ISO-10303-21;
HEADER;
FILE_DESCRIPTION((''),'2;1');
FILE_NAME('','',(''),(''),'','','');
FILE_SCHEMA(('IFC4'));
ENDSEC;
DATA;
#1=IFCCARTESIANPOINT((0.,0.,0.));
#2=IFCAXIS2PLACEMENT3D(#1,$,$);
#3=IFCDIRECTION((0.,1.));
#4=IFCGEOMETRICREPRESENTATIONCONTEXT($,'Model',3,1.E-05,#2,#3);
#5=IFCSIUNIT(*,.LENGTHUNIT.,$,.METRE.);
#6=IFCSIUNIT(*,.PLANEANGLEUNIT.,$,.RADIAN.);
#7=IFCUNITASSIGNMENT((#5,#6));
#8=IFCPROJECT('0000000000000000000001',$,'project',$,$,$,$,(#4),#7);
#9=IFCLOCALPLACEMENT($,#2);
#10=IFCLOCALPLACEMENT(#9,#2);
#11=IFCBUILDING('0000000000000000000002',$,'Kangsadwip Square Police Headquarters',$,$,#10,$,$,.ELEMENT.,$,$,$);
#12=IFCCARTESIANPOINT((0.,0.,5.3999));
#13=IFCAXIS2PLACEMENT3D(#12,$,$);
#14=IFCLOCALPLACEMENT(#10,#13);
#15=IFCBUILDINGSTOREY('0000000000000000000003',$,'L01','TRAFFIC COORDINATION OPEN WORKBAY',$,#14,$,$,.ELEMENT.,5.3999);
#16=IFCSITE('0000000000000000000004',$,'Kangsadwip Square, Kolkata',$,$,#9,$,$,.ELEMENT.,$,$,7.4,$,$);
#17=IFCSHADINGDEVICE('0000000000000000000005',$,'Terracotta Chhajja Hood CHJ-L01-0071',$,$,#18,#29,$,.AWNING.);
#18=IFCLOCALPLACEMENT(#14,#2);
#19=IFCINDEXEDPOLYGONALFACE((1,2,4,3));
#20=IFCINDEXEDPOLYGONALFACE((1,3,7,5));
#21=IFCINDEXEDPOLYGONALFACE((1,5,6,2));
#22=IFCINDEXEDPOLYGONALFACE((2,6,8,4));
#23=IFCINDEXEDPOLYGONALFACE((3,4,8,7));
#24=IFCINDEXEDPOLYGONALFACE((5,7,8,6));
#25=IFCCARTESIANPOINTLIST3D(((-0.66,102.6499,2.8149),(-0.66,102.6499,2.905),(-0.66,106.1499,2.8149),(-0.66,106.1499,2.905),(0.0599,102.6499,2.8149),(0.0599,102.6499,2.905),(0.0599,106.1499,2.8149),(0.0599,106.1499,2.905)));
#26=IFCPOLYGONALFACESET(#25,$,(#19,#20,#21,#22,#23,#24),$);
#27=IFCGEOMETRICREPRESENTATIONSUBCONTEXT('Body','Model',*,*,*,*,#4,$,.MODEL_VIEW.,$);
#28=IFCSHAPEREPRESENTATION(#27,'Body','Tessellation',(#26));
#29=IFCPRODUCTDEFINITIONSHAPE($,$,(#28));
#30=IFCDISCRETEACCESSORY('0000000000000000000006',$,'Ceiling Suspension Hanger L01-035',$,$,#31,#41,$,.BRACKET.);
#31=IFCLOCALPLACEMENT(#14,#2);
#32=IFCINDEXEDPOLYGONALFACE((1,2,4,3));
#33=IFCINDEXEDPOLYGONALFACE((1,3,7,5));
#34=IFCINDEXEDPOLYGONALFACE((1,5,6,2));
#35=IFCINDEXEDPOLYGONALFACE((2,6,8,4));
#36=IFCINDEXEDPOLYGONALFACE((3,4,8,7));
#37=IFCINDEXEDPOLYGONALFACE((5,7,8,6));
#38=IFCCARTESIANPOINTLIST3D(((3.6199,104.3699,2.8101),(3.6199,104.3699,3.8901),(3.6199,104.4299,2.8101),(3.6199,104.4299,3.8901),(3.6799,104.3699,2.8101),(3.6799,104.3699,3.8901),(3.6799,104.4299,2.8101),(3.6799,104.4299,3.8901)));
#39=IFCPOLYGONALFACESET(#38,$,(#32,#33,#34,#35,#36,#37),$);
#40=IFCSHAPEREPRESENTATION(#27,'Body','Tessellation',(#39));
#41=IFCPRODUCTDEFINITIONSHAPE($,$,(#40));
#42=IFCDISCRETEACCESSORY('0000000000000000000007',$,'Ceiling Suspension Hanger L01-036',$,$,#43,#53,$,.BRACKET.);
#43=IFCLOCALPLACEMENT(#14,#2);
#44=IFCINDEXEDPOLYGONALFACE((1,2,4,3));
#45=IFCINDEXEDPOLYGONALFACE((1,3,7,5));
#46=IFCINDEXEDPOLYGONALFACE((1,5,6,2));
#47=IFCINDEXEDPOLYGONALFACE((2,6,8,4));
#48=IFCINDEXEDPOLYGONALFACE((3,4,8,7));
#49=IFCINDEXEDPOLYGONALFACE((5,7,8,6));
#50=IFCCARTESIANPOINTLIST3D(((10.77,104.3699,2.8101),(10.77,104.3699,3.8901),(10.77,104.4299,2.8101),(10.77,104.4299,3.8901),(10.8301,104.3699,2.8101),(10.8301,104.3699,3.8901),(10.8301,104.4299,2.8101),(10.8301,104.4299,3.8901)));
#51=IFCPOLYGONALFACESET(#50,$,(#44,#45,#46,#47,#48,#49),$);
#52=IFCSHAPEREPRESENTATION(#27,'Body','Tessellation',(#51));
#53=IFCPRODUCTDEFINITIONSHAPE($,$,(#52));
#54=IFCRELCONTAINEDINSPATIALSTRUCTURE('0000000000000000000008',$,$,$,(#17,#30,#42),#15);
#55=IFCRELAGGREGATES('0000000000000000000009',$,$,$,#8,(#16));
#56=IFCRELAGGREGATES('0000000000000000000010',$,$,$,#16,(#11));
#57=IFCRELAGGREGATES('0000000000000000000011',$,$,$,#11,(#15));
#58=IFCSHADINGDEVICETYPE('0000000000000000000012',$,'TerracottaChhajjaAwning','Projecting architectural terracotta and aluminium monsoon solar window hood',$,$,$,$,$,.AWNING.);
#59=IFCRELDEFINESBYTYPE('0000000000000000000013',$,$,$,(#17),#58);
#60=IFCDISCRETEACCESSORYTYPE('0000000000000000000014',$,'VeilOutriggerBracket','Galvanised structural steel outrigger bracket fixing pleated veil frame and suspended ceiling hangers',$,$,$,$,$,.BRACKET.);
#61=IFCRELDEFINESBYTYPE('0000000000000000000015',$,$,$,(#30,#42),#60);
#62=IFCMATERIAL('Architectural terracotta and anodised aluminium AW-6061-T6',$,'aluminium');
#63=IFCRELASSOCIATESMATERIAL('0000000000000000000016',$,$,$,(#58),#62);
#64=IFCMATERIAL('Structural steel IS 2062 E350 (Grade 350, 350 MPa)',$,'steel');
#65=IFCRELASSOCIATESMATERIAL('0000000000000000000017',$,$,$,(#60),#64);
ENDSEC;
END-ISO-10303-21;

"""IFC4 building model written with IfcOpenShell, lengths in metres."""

from ifc_helpers import new_model, si_unit, direction, frame, origin, origin_2d, place, context, subcontext, project, spatial, rectangle, extrude, material, type_object, element, save


model = new_model("IFC4")

# Units and contexts
model_context = context("Model", 3, precision=1e-05, world=origin(), true_north=direction((0.0, 1.0)))
body_context = subcontext(model_context, "Body", "Model", "MODEL_VIEW")
ifc_project = project(units=[si_unit("LENGTHUNIT", "METRE"), si_unit("PLANEANGLEUNIT", "RADIAN")], contexts=[model_context])

# Site, building, storey
site_placement = place(None, origin())
site = spatial("IfcSite", under=ifc_project, at=site_placement, Name="Kangsadwip Square, Kolkata", CompositionType="ELEMENT", RefElevation=7.4)
building_placement = place(site_placement, origin())
building = spatial("IfcBuilding", under=site, at=building_placement, Name="Kangsadwip Square Police Headquarters", CompositionType="ELEMENT")
storey_placement = place(building_placement, frame((0.0, 0.0, 5.3999)))
storey = spatial("IfcBuildingStorey", under=building, at=storey_placement, Name="L01", Description="TRAFFIC COORDINATION OPEN WORKBAY", CompositionType="ELEMENT", Elevation=5.3999)

# Shading device
ifc_material_1 = material(Name="Architectural terracotta and anodised aluminium AW-6061-T6", Category="aluminium")
shading_device_type = type_object("IfcShadingDeviceType", Name="TerracottaChhajjaAwning", Description="Projecting architectural terracotta and aluminium monsoon solar window hood", PredefinedType="AWNING", material=ifc_material_1)
shading_device_placement = place(storey_placement, frame((-0.3, 104.3999, 2.8149), z_axis=(0.0, 0.0, 1.0), x_axis=(0.0, 1.0, 0.0)))
element("IfcShadingDevice", 1, at=shading_device_placement, inside=storey, type_object=shading_device_type, Name="Terracotta Chhajja Hood CHJ-L01-0071", PredefinedType="AWNING", context=body_context, shape_type="SweptSolid", body=[
    extrude(rectangle(XDim=3.5, YDim=0.72, at=origin_2d()), origin(), (0.0, 0.0, 1.0), 0.0901),
])

# Discrete accessories
ifc_material_2 = material(Name="Structural steel IS 2062 E350 (Grade 350, 350 MPa)", Category="steel")
discrete_accessory_type = type_object("IfcDiscreteAccessoryType", Name="VeilOutriggerBracket", Description="Galvanised structural steel outrigger bracket fixing pleated veil frame and suspended ceiling hangers", PredefinedType="BRACKET", material=ifc_material_2)
for number, where, z_axis, x_axis, name in (
    (2, (3.6499, 104.3999, 2.8101), (0.0, 0.0, 1.0), (1.0, 0.0, 0.0), "Ceiling Suspension Hanger L01-035"),
    (3, (10.8, 104.3999, 2.8101), (0.0, 0.0, 1.0), (1.0, 0.0, 0.0), "Ceiling Suspension Hanger L01-036"),
):
    element("IfcDiscreteAccessory", number, at=place(storey_placement, frame(where, z_axis=z_axis, x_axis=x_axis)), inside=storey, type_object=discrete_accessory_type, Name=name, PredefinedType="BRACKET", context=body_context, shape_type="SweptSolid", body=[
        extrude(rectangle(XDim=0.0601, YDim=0.0601, at=origin_2d()), origin(), (0.0, 0.0, 1.0), 1.0801),
    ])

save(model, "model.ifc")
